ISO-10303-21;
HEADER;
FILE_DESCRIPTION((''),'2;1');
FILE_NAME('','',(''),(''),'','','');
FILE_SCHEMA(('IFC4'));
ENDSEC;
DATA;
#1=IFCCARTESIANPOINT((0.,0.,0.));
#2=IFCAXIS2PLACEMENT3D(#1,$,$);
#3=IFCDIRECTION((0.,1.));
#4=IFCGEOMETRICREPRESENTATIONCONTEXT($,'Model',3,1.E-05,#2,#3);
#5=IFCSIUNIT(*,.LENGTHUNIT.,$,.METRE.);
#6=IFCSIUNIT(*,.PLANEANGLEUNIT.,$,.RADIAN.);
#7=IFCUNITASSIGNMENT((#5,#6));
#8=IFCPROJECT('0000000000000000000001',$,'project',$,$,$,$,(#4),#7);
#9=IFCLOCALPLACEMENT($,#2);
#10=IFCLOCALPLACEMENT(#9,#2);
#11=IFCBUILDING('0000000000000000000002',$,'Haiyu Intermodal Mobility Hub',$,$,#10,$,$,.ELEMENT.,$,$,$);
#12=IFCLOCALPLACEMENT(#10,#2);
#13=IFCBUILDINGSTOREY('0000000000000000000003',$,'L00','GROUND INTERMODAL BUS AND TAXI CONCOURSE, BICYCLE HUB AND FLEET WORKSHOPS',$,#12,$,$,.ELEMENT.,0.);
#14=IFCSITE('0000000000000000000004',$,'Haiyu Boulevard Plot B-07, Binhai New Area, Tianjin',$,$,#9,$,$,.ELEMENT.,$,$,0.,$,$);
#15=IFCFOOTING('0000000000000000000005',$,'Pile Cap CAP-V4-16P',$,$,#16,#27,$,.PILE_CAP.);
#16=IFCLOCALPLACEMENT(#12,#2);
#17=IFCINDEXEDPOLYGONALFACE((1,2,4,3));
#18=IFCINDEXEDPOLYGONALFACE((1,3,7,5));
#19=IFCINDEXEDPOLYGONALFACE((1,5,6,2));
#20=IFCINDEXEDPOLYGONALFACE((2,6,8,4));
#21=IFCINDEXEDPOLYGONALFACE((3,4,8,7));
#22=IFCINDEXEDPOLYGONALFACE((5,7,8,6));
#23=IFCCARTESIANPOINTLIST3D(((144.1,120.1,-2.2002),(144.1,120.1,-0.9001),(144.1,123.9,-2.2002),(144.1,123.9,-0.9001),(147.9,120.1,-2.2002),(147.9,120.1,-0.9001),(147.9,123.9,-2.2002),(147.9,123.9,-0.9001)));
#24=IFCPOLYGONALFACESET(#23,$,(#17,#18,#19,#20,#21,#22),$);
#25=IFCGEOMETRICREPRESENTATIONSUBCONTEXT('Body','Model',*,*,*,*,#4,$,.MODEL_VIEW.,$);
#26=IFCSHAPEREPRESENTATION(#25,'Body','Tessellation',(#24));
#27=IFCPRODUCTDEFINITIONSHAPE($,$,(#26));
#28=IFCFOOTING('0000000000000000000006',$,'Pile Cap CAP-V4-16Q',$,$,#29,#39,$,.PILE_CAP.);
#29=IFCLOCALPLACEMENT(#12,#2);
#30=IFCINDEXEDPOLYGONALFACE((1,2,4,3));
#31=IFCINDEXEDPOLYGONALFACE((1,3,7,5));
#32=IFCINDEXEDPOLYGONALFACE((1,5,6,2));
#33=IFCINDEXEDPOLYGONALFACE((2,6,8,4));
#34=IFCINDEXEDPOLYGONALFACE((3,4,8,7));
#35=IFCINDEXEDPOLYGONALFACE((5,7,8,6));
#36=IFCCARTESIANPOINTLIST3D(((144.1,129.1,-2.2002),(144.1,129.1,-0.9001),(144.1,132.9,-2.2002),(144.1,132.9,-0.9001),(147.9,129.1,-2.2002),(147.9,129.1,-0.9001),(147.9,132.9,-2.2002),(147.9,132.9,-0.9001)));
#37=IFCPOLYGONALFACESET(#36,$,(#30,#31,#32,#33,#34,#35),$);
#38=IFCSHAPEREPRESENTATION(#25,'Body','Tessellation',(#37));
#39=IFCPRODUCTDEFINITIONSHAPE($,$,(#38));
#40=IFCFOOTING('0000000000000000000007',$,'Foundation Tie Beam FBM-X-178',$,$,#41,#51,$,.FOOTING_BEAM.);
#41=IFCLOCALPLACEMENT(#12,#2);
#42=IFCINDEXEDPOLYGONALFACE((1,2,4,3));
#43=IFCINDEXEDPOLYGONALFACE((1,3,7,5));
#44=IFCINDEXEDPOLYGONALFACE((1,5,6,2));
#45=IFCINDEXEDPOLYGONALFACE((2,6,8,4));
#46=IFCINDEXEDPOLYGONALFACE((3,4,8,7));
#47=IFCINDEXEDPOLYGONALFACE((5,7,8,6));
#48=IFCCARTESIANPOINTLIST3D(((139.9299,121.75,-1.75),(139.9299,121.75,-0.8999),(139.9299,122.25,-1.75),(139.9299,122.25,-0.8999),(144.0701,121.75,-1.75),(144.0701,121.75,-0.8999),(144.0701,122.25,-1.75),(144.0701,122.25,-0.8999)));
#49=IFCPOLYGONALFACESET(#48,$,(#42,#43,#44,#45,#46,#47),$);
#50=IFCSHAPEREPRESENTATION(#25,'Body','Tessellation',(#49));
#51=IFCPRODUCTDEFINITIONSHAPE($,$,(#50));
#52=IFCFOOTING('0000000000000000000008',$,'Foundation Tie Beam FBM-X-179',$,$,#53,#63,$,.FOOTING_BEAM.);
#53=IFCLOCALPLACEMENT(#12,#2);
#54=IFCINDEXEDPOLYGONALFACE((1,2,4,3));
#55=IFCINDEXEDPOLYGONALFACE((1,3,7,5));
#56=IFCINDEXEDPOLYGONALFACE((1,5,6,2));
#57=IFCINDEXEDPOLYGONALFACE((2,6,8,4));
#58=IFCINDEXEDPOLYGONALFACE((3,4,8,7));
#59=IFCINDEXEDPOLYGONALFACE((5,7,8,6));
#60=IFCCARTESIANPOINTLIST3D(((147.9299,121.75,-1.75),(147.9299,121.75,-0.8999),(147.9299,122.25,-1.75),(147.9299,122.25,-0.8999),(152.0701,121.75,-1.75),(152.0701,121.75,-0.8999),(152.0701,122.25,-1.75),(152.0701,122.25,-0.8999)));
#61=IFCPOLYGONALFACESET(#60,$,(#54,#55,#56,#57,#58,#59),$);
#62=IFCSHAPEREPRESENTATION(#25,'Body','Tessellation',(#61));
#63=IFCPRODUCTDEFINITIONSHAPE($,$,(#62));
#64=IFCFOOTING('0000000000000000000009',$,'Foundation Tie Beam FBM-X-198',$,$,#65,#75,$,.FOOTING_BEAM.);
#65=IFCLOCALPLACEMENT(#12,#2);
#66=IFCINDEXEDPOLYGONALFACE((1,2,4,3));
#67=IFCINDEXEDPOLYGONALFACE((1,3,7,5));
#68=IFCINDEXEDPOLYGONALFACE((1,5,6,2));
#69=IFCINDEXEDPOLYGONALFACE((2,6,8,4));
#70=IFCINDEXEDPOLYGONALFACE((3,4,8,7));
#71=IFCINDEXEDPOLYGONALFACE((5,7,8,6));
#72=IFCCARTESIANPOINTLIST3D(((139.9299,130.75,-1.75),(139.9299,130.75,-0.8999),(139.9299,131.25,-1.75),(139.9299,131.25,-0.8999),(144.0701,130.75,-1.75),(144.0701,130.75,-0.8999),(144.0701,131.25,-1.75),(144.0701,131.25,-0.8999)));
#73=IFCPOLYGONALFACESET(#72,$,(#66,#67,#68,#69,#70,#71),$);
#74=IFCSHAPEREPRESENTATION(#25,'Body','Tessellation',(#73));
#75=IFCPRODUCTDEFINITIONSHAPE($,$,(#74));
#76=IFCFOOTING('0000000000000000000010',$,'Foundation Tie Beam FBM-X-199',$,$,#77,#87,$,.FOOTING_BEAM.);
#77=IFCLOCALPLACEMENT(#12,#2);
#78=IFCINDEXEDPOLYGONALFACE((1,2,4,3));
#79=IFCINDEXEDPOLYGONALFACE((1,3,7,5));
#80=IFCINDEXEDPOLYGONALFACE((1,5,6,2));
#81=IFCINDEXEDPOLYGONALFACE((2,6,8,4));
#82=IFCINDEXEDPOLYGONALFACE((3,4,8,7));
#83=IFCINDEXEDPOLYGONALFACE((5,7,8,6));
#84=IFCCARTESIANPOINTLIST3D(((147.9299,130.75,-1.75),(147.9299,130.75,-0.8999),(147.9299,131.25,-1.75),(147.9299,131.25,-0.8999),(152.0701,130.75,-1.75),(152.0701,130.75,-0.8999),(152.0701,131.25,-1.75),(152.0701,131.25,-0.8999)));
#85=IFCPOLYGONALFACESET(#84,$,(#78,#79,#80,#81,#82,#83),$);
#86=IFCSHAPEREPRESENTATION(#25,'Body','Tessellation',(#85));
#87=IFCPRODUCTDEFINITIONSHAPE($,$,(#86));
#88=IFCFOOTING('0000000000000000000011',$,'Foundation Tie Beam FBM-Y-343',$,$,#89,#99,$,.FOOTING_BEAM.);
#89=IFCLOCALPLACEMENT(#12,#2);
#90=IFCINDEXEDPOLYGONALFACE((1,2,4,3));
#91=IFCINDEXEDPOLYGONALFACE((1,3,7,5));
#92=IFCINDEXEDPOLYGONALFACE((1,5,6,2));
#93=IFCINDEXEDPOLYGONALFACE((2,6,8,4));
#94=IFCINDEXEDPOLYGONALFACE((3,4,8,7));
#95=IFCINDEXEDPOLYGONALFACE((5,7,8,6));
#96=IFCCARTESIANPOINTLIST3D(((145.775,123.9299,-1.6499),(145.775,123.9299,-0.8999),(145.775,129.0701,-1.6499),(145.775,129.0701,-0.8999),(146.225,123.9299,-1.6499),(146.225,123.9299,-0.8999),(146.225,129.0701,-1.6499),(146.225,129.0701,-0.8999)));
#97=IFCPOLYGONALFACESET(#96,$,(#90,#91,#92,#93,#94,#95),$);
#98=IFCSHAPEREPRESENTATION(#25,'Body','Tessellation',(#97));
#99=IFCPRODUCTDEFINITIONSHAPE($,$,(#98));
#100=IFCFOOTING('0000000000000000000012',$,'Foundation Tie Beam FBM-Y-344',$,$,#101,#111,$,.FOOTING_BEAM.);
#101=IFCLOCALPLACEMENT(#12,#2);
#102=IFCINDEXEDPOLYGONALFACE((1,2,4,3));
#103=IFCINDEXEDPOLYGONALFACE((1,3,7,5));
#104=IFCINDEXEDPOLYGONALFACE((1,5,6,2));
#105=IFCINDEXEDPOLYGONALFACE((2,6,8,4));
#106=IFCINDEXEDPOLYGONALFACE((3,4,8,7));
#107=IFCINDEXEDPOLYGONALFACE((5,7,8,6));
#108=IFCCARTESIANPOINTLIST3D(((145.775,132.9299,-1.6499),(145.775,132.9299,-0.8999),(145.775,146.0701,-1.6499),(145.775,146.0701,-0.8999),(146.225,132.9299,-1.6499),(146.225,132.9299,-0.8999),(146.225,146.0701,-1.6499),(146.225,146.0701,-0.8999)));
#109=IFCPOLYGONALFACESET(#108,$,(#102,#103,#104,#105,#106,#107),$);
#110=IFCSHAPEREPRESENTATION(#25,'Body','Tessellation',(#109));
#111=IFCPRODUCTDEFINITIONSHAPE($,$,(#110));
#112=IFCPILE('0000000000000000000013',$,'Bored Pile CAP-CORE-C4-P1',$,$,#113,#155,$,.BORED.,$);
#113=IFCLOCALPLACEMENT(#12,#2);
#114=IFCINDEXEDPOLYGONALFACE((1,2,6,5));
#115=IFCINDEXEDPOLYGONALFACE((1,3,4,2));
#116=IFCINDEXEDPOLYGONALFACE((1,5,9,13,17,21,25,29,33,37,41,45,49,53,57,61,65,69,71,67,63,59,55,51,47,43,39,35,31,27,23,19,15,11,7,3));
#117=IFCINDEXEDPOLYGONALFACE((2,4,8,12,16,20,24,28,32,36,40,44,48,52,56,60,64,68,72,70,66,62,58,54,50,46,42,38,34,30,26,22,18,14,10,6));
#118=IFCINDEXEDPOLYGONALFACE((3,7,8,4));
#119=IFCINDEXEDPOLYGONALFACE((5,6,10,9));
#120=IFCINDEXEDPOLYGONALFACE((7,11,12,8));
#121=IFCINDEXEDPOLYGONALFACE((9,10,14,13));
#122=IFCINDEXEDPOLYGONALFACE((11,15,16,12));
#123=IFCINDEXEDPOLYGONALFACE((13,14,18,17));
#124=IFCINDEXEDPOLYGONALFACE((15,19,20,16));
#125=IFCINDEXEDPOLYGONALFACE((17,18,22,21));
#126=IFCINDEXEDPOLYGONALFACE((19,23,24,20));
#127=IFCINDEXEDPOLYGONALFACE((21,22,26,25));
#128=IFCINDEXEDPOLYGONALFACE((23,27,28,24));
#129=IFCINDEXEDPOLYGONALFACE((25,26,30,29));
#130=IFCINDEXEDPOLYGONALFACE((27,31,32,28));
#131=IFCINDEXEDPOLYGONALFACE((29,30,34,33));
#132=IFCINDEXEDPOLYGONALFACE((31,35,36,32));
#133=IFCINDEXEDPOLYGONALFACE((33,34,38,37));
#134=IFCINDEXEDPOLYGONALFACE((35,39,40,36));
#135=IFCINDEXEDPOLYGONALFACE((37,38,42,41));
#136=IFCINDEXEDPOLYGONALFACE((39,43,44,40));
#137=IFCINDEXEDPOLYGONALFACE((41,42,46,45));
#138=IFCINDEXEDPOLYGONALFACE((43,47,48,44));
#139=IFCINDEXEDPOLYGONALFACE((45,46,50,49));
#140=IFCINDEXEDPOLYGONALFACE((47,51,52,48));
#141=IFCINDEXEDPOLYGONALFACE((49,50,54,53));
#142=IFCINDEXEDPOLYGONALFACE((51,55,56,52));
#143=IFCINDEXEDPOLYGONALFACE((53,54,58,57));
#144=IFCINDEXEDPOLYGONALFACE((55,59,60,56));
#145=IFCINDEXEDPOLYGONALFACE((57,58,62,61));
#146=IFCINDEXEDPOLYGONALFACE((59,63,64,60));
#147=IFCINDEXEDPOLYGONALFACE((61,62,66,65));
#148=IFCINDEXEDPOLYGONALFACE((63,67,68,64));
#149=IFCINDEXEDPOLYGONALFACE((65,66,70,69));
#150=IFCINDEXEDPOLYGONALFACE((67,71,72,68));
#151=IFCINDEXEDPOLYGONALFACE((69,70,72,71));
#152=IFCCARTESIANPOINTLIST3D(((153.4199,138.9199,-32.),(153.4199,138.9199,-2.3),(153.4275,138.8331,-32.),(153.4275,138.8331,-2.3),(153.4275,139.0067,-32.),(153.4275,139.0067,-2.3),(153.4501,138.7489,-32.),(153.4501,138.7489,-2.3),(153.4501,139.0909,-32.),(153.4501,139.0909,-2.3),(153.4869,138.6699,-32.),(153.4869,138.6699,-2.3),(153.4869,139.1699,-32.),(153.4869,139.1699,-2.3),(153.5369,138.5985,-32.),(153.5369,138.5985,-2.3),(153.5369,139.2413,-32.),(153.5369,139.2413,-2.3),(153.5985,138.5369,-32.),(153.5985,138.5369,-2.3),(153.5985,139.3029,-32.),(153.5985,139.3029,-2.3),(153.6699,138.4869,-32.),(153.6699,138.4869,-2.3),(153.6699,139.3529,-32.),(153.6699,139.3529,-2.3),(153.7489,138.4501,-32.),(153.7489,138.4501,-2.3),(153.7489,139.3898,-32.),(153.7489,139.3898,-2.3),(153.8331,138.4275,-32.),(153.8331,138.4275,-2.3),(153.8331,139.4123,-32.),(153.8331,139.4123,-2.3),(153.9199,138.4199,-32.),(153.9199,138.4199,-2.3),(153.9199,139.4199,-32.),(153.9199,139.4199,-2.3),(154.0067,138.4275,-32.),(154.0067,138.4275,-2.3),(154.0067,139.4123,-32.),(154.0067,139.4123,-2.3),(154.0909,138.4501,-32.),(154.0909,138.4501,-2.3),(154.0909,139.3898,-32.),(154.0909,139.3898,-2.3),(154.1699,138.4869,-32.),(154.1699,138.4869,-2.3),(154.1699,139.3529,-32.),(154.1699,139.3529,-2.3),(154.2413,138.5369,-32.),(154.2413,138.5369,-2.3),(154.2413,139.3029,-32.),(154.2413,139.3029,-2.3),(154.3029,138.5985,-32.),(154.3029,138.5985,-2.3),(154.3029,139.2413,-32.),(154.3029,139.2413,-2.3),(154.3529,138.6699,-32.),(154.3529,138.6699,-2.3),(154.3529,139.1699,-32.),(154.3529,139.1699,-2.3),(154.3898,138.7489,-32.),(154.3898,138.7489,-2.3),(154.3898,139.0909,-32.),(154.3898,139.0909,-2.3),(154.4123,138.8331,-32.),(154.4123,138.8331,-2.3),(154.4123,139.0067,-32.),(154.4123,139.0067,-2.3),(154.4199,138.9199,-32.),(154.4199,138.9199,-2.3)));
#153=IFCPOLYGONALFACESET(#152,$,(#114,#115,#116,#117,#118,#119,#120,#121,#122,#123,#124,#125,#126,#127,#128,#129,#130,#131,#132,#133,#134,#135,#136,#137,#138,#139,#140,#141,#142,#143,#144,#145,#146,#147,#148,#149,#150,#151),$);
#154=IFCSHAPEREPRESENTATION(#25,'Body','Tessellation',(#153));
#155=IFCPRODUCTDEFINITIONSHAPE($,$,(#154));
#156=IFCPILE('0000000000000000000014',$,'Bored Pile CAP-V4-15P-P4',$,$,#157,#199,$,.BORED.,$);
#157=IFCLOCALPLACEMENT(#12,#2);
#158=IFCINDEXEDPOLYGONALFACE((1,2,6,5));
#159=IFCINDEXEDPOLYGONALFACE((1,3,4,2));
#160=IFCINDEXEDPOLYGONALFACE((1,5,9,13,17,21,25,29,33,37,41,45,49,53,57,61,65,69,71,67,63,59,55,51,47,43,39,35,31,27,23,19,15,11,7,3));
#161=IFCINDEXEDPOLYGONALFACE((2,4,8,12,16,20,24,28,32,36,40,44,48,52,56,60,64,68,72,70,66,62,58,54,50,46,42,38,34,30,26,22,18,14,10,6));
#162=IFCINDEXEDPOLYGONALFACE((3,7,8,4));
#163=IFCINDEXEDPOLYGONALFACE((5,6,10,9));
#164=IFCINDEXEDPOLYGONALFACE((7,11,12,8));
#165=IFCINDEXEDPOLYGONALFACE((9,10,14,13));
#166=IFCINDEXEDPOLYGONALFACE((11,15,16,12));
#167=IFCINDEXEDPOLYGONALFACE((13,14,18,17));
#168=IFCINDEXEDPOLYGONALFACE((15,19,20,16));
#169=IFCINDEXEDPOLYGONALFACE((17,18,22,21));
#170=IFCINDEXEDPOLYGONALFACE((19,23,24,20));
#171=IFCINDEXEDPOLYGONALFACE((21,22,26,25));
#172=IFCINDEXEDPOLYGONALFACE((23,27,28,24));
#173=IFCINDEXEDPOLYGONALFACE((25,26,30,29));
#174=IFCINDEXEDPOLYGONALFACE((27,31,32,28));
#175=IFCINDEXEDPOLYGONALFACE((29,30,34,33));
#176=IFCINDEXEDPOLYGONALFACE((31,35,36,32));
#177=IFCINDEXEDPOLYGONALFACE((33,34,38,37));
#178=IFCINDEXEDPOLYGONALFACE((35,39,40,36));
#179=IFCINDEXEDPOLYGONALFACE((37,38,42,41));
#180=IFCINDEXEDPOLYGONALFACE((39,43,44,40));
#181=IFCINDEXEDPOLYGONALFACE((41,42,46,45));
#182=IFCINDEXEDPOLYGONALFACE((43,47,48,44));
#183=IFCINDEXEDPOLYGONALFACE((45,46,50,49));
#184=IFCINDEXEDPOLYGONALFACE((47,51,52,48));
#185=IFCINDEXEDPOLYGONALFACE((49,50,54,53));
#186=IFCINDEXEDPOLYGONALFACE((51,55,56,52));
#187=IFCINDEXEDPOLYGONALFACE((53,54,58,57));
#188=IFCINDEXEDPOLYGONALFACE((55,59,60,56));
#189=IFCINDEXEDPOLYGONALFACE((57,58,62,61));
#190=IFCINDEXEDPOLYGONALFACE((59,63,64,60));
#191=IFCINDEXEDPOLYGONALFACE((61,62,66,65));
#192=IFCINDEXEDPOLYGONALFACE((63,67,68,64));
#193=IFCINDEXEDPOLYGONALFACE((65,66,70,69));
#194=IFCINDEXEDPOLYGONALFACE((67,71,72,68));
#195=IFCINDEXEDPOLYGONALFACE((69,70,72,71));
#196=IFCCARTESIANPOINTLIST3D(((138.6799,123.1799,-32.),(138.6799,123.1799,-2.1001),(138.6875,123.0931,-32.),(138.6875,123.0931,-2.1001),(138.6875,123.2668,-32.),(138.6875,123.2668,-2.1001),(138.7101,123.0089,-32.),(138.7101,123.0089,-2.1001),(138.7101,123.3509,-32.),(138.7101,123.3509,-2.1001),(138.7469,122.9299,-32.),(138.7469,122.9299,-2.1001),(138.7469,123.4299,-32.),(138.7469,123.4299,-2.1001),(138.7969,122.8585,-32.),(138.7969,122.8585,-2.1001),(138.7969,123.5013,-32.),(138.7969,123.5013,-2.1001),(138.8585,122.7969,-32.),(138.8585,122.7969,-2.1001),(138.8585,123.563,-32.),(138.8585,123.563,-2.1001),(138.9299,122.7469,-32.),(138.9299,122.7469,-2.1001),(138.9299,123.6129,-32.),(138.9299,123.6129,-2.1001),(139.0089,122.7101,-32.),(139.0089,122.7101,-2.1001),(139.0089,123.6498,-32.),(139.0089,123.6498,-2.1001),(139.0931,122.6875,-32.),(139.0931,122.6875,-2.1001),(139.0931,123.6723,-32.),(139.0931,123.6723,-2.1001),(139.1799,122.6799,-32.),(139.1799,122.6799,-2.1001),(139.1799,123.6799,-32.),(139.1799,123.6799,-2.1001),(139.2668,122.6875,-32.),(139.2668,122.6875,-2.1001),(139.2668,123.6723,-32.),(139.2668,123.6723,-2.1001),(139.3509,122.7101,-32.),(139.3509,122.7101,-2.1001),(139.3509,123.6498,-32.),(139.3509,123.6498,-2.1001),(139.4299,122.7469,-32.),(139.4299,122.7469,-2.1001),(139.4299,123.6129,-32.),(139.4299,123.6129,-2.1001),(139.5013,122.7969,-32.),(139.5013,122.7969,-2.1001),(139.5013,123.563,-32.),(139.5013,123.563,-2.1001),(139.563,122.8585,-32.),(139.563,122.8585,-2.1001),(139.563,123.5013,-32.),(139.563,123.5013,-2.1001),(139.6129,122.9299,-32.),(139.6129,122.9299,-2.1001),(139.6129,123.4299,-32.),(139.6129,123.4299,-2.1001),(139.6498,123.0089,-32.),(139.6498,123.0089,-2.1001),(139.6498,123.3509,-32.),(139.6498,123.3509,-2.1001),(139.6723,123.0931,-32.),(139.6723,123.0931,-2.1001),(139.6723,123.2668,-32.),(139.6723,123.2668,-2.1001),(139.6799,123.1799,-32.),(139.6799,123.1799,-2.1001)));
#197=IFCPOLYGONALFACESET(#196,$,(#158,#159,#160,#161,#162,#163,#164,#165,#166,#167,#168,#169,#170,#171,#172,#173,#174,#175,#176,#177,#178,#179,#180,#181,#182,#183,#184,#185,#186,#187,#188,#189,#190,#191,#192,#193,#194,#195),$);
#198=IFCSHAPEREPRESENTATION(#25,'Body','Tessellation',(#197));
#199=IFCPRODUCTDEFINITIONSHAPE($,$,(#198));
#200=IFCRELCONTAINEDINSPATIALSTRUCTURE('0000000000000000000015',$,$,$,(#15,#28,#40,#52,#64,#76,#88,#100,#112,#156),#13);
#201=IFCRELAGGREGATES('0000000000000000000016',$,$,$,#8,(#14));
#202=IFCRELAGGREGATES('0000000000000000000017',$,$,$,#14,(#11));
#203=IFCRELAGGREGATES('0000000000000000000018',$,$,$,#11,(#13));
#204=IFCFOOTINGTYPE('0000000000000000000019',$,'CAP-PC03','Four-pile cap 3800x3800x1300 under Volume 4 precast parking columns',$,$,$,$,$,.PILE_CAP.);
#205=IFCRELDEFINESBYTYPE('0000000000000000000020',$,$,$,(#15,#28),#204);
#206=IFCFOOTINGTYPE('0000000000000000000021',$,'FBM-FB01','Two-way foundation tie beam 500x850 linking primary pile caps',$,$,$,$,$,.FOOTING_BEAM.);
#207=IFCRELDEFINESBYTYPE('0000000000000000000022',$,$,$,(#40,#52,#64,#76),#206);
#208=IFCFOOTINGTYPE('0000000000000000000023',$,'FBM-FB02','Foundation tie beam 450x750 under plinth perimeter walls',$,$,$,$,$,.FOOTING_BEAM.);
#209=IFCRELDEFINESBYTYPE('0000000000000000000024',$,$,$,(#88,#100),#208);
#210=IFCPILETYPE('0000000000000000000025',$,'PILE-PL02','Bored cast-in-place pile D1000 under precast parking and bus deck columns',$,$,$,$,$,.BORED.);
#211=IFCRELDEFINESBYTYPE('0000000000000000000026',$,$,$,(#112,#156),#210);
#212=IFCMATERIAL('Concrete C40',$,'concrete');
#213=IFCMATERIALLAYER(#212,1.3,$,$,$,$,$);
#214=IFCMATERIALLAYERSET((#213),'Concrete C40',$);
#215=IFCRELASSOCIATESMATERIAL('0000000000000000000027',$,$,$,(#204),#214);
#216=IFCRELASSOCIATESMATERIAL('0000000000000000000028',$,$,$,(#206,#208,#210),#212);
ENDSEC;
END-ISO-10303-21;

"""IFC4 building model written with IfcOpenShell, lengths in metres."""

from ifc_helpers import new_model, si_unit, direction, frame, origin, origin_2d, place, context, subcontext, project, spatial, rectangle, circle, extrude, material, layer, layer_set, material_profile, profile_set, type_object, element, save


model = new_model("IFC4")

# Units and contexts
model_context = context("Model", 3, precision=1e-05, world=origin(), true_north=direction((0.0, 1.0)))
body_context = subcontext(model_context, "Body", "Model", "MODEL_VIEW")
ifc_project = project(units=[si_unit("LENGTHUNIT", "METRE"), si_unit("PLANEANGLEUNIT", "RADIAN")], contexts=[model_context])

# Site, building, storey
site_placement = place(None, origin())
site = spatial("IfcSite", under=ifc_project, at=site_placement, Name="Haiyu Boulevard Plot B-07, Binhai New Area, Tianjin", CompositionType="ELEMENT", RefElevation=0.0)
building_placement = place(site_placement, origin())
building = spatial("IfcBuilding", under=site, at=building_placement, Name="Haiyu Intermodal Mobility Hub", CompositionType="ELEMENT")
storey_placement = place(building_placement, origin())
storey = spatial("IfcBuildingStorey", under=building, at=storey_placement, Name="L00", Description="GROUND INTERMODAL BUS AND TAXI CONCOURSE, BICYCLE HUB AND FLEET WORKSHOPS", CompositionType="ELEMENT", Elevation=0.0)

# Footings
ifc_material_1 = material(Name="Concrete C40", Category="concrete")
ifc_layer = layer(ifc_material_1, 1.3)
ifc_layer_set = layer_set([ifc_layer], Name="Concrete C40")
footing_type_1 = type_object("IfcFootingType", Name="CAP-PC03", Description="Four-pile cap 3800x3800x1300 under Volume 4 precast parking columns", PredefinedType="PILE_CAP", material=ifc_layer_set)
for number, where, z_axis, x_axis, name in (
    (1, (146.0, 122.0, -2.2002), (0.0, 0.0, 1.0), (1.0, 0.0, 0.0), "Pile Cap CAP-V4-16P"),
    (2, (146.0, 131.0, -2.2002), (0.0, 0.0, 1.0), (1.0, 0.0, 0.0), "Pile Cap CAP-V4-16Q"),
):
    element("IfcFooting", number, at=place(storey_placement, frame(where, z_axis=z_axis, x_axis=x_axis)), inside=storey, type_object=footing_type_1, Name=name, PredefinedType="PILE_CAP", context=body_context, shape_type="SweptSolid", body=[
        extrude(rectangle(XDim=3.8, YDim=3.8, at=origin_2d()), origin(), (0.0, 0.0, 1.0), 1.3),
    ])
ifc_material_profile_1 = material_profile(ifc_material_1, rectangle(XDim=0.5, YDim=0.8501, at=origin_2d()), Name="FB500x850")
ifc_profile_set_1 = profile_set([ifc_material_profile_1], Name="Concrete C40")
footing_type_2 = type_object("IfcFootingType", Name="FBM-FB01", Description="Two-way foundation tie beam 500x850 linking primary pile caps", PredefinedType="FOOTING_BEAM", material=ifc_profile_set_1)
for number, where, z_axis, x_axis, name in (
    (3, (139.9299, 122.0, -1.325), (1.0, 0.0, 0.0), (0.0, 1.0, 0.0), "Foundation Tie Beam FBM-X-178"),
    (4, (147.9299, 122.0, -1.325), (1.0, 0.0, 0.0), (0.0, 1.0, 0.0), "Foundation Tie Beam FBM-X-179"),
    (5, (139.9299, 131.0, -1.325), (1.0, 0.0, 0.0), (0.0, 1.0, 0.0), "Foundation Tie Beam FBM-X-198"),
    (6, (147.9299, 131.0, -1.325), (1.0, 0.0, 0.0), (0.0, 1.0, 0.0), "Foundation Tie Beam FBM-X-199"),
):
    element("IfcFooting", number, at=place(storey_placement, frame(where, z_axis=z_axis, x_axis=x_axis)), inside=storey, type_object=footing_type_2, Name=name, PredefinedType="FOOTING_BEAM", context=body_context, shape_type="SweptSolid", body=[
        extrude(rectangle(XDim=0.5, YDim=0.8501, at=origin_2d()), origin(), (0.0, 0.0, 1.0), 4.1401),
    ])
ifc_material_profile_2 = material_profile(ifc_material_1, rectangle(XDim=0.45, YDim=0.75, at=origin_2d()), Name="FB450x750")
ifc_profile_set_2 = profile_set([ifc_material_profile_2], Name="Concrete C40")
footing_type_3 = type_object("IfcFootingType", Name="FBM-FB02", Description="Foundation tie beam 450x750 under plinth perimeter walls", PredefinedType="FOOTING_BEAM", material=ifc_profile_set_2)
footing_1_placement = place(storey_placement, frame((146.0, 123.9299, -1.2749), z_axis=(0.0, 1.0, 0.0), x_axis=(-1.0, 0.0, 0.0)))
element("IfcFooting", 7, at=footing_1_placement, inside=storey, type_object=footing_type_3, Name="Foundation Tie Beam FBM-Y-343", PredefinedType="FOOTING_BEAM", context=body_context, shape_type="SweptSolid", body=[
    extrude(rectangle(XDim=0.45, YDim=0.75, at=origin_2d()), origin(), (0.0, 0.0, 1.0), 5.1401),
])
footing_2_placement = place(storey_placement, frame((146.0, 132.9299, -1.2749), z_axis=(0.0, 1.0, 0.0), x_axis=(-1.0, 0.0, 0.0)))
element("IfcFooting", 8, at=footing_2_placement, inside=storey, type_object=footing_type_3, Name="Foundation Tie Beam FBM-Y-344", PredefinedType="FOOTING_BEAM", context=body_context, shape_type="SweptSolid", body=[
    extrude(rectangle(XDim=0.45, YDim=0.75, at=origin_2d()), origin(), (0.0, 0.0, 1.0), 13.1401),
])

# Piles
ifc_material_profile_3 = material_profile(ifc_material_1, circle(Radius=0.5, at=origin_2d()), Name="PILE-D1000")
ifc_profile_set_3 = profile_set([ifc_material_profile_3], Name="Concrete C40")
pile_type = type_object("IfcPileType", Name="PILE-PL02", Description="Bored cast-in-place pile D1000 under precast parking and bus deck columns", PredefinedType="BORED", material=ifc_profile_set_3)
pile_placement = place(storey_placement, frame((153.9199, 138.9199, -2.3), z_axis=(0.0, 0.0, -1.0), x_axis=(1.0, 0.0, 0.0)))
element("IfcPile", 9, at=pile_placement, inside=storey, type_object=pile_type, Name="Bored Pile CAP-CORE-C4-P1", PredefinedType="BORED", context=body_context, shape_type="SweptSolid", body=[
    extrude(circle(Radius=0.5, at=origin_2d()), origin(), (0.0, 0.0, 1.0), 29.7),
])
for number, where, z_axis, x_axis, name in (
    (10, (139.1799, 123.1799, -2.1001), (0.0, 0.0, -1.0), (1.0, 0.0, 0.0), "Bored Pile CAP-V4-15P-P4"),
):
    element("IfcPile", number, at=place(storey_placement, frame(where, z_axis=z_axis, x_axis=x_axis)), inside=storey, type_object=pile_type, Name=name, PredefinedType="BORED", context=body_context, shape_type="SweptSolid", body=[
        extrude(circle(Radius=0.5, at=origin_2d()), origin(), (0.0, 0.0, 1.0), 29.8999),
    ])

save(model, "model.ifc")
